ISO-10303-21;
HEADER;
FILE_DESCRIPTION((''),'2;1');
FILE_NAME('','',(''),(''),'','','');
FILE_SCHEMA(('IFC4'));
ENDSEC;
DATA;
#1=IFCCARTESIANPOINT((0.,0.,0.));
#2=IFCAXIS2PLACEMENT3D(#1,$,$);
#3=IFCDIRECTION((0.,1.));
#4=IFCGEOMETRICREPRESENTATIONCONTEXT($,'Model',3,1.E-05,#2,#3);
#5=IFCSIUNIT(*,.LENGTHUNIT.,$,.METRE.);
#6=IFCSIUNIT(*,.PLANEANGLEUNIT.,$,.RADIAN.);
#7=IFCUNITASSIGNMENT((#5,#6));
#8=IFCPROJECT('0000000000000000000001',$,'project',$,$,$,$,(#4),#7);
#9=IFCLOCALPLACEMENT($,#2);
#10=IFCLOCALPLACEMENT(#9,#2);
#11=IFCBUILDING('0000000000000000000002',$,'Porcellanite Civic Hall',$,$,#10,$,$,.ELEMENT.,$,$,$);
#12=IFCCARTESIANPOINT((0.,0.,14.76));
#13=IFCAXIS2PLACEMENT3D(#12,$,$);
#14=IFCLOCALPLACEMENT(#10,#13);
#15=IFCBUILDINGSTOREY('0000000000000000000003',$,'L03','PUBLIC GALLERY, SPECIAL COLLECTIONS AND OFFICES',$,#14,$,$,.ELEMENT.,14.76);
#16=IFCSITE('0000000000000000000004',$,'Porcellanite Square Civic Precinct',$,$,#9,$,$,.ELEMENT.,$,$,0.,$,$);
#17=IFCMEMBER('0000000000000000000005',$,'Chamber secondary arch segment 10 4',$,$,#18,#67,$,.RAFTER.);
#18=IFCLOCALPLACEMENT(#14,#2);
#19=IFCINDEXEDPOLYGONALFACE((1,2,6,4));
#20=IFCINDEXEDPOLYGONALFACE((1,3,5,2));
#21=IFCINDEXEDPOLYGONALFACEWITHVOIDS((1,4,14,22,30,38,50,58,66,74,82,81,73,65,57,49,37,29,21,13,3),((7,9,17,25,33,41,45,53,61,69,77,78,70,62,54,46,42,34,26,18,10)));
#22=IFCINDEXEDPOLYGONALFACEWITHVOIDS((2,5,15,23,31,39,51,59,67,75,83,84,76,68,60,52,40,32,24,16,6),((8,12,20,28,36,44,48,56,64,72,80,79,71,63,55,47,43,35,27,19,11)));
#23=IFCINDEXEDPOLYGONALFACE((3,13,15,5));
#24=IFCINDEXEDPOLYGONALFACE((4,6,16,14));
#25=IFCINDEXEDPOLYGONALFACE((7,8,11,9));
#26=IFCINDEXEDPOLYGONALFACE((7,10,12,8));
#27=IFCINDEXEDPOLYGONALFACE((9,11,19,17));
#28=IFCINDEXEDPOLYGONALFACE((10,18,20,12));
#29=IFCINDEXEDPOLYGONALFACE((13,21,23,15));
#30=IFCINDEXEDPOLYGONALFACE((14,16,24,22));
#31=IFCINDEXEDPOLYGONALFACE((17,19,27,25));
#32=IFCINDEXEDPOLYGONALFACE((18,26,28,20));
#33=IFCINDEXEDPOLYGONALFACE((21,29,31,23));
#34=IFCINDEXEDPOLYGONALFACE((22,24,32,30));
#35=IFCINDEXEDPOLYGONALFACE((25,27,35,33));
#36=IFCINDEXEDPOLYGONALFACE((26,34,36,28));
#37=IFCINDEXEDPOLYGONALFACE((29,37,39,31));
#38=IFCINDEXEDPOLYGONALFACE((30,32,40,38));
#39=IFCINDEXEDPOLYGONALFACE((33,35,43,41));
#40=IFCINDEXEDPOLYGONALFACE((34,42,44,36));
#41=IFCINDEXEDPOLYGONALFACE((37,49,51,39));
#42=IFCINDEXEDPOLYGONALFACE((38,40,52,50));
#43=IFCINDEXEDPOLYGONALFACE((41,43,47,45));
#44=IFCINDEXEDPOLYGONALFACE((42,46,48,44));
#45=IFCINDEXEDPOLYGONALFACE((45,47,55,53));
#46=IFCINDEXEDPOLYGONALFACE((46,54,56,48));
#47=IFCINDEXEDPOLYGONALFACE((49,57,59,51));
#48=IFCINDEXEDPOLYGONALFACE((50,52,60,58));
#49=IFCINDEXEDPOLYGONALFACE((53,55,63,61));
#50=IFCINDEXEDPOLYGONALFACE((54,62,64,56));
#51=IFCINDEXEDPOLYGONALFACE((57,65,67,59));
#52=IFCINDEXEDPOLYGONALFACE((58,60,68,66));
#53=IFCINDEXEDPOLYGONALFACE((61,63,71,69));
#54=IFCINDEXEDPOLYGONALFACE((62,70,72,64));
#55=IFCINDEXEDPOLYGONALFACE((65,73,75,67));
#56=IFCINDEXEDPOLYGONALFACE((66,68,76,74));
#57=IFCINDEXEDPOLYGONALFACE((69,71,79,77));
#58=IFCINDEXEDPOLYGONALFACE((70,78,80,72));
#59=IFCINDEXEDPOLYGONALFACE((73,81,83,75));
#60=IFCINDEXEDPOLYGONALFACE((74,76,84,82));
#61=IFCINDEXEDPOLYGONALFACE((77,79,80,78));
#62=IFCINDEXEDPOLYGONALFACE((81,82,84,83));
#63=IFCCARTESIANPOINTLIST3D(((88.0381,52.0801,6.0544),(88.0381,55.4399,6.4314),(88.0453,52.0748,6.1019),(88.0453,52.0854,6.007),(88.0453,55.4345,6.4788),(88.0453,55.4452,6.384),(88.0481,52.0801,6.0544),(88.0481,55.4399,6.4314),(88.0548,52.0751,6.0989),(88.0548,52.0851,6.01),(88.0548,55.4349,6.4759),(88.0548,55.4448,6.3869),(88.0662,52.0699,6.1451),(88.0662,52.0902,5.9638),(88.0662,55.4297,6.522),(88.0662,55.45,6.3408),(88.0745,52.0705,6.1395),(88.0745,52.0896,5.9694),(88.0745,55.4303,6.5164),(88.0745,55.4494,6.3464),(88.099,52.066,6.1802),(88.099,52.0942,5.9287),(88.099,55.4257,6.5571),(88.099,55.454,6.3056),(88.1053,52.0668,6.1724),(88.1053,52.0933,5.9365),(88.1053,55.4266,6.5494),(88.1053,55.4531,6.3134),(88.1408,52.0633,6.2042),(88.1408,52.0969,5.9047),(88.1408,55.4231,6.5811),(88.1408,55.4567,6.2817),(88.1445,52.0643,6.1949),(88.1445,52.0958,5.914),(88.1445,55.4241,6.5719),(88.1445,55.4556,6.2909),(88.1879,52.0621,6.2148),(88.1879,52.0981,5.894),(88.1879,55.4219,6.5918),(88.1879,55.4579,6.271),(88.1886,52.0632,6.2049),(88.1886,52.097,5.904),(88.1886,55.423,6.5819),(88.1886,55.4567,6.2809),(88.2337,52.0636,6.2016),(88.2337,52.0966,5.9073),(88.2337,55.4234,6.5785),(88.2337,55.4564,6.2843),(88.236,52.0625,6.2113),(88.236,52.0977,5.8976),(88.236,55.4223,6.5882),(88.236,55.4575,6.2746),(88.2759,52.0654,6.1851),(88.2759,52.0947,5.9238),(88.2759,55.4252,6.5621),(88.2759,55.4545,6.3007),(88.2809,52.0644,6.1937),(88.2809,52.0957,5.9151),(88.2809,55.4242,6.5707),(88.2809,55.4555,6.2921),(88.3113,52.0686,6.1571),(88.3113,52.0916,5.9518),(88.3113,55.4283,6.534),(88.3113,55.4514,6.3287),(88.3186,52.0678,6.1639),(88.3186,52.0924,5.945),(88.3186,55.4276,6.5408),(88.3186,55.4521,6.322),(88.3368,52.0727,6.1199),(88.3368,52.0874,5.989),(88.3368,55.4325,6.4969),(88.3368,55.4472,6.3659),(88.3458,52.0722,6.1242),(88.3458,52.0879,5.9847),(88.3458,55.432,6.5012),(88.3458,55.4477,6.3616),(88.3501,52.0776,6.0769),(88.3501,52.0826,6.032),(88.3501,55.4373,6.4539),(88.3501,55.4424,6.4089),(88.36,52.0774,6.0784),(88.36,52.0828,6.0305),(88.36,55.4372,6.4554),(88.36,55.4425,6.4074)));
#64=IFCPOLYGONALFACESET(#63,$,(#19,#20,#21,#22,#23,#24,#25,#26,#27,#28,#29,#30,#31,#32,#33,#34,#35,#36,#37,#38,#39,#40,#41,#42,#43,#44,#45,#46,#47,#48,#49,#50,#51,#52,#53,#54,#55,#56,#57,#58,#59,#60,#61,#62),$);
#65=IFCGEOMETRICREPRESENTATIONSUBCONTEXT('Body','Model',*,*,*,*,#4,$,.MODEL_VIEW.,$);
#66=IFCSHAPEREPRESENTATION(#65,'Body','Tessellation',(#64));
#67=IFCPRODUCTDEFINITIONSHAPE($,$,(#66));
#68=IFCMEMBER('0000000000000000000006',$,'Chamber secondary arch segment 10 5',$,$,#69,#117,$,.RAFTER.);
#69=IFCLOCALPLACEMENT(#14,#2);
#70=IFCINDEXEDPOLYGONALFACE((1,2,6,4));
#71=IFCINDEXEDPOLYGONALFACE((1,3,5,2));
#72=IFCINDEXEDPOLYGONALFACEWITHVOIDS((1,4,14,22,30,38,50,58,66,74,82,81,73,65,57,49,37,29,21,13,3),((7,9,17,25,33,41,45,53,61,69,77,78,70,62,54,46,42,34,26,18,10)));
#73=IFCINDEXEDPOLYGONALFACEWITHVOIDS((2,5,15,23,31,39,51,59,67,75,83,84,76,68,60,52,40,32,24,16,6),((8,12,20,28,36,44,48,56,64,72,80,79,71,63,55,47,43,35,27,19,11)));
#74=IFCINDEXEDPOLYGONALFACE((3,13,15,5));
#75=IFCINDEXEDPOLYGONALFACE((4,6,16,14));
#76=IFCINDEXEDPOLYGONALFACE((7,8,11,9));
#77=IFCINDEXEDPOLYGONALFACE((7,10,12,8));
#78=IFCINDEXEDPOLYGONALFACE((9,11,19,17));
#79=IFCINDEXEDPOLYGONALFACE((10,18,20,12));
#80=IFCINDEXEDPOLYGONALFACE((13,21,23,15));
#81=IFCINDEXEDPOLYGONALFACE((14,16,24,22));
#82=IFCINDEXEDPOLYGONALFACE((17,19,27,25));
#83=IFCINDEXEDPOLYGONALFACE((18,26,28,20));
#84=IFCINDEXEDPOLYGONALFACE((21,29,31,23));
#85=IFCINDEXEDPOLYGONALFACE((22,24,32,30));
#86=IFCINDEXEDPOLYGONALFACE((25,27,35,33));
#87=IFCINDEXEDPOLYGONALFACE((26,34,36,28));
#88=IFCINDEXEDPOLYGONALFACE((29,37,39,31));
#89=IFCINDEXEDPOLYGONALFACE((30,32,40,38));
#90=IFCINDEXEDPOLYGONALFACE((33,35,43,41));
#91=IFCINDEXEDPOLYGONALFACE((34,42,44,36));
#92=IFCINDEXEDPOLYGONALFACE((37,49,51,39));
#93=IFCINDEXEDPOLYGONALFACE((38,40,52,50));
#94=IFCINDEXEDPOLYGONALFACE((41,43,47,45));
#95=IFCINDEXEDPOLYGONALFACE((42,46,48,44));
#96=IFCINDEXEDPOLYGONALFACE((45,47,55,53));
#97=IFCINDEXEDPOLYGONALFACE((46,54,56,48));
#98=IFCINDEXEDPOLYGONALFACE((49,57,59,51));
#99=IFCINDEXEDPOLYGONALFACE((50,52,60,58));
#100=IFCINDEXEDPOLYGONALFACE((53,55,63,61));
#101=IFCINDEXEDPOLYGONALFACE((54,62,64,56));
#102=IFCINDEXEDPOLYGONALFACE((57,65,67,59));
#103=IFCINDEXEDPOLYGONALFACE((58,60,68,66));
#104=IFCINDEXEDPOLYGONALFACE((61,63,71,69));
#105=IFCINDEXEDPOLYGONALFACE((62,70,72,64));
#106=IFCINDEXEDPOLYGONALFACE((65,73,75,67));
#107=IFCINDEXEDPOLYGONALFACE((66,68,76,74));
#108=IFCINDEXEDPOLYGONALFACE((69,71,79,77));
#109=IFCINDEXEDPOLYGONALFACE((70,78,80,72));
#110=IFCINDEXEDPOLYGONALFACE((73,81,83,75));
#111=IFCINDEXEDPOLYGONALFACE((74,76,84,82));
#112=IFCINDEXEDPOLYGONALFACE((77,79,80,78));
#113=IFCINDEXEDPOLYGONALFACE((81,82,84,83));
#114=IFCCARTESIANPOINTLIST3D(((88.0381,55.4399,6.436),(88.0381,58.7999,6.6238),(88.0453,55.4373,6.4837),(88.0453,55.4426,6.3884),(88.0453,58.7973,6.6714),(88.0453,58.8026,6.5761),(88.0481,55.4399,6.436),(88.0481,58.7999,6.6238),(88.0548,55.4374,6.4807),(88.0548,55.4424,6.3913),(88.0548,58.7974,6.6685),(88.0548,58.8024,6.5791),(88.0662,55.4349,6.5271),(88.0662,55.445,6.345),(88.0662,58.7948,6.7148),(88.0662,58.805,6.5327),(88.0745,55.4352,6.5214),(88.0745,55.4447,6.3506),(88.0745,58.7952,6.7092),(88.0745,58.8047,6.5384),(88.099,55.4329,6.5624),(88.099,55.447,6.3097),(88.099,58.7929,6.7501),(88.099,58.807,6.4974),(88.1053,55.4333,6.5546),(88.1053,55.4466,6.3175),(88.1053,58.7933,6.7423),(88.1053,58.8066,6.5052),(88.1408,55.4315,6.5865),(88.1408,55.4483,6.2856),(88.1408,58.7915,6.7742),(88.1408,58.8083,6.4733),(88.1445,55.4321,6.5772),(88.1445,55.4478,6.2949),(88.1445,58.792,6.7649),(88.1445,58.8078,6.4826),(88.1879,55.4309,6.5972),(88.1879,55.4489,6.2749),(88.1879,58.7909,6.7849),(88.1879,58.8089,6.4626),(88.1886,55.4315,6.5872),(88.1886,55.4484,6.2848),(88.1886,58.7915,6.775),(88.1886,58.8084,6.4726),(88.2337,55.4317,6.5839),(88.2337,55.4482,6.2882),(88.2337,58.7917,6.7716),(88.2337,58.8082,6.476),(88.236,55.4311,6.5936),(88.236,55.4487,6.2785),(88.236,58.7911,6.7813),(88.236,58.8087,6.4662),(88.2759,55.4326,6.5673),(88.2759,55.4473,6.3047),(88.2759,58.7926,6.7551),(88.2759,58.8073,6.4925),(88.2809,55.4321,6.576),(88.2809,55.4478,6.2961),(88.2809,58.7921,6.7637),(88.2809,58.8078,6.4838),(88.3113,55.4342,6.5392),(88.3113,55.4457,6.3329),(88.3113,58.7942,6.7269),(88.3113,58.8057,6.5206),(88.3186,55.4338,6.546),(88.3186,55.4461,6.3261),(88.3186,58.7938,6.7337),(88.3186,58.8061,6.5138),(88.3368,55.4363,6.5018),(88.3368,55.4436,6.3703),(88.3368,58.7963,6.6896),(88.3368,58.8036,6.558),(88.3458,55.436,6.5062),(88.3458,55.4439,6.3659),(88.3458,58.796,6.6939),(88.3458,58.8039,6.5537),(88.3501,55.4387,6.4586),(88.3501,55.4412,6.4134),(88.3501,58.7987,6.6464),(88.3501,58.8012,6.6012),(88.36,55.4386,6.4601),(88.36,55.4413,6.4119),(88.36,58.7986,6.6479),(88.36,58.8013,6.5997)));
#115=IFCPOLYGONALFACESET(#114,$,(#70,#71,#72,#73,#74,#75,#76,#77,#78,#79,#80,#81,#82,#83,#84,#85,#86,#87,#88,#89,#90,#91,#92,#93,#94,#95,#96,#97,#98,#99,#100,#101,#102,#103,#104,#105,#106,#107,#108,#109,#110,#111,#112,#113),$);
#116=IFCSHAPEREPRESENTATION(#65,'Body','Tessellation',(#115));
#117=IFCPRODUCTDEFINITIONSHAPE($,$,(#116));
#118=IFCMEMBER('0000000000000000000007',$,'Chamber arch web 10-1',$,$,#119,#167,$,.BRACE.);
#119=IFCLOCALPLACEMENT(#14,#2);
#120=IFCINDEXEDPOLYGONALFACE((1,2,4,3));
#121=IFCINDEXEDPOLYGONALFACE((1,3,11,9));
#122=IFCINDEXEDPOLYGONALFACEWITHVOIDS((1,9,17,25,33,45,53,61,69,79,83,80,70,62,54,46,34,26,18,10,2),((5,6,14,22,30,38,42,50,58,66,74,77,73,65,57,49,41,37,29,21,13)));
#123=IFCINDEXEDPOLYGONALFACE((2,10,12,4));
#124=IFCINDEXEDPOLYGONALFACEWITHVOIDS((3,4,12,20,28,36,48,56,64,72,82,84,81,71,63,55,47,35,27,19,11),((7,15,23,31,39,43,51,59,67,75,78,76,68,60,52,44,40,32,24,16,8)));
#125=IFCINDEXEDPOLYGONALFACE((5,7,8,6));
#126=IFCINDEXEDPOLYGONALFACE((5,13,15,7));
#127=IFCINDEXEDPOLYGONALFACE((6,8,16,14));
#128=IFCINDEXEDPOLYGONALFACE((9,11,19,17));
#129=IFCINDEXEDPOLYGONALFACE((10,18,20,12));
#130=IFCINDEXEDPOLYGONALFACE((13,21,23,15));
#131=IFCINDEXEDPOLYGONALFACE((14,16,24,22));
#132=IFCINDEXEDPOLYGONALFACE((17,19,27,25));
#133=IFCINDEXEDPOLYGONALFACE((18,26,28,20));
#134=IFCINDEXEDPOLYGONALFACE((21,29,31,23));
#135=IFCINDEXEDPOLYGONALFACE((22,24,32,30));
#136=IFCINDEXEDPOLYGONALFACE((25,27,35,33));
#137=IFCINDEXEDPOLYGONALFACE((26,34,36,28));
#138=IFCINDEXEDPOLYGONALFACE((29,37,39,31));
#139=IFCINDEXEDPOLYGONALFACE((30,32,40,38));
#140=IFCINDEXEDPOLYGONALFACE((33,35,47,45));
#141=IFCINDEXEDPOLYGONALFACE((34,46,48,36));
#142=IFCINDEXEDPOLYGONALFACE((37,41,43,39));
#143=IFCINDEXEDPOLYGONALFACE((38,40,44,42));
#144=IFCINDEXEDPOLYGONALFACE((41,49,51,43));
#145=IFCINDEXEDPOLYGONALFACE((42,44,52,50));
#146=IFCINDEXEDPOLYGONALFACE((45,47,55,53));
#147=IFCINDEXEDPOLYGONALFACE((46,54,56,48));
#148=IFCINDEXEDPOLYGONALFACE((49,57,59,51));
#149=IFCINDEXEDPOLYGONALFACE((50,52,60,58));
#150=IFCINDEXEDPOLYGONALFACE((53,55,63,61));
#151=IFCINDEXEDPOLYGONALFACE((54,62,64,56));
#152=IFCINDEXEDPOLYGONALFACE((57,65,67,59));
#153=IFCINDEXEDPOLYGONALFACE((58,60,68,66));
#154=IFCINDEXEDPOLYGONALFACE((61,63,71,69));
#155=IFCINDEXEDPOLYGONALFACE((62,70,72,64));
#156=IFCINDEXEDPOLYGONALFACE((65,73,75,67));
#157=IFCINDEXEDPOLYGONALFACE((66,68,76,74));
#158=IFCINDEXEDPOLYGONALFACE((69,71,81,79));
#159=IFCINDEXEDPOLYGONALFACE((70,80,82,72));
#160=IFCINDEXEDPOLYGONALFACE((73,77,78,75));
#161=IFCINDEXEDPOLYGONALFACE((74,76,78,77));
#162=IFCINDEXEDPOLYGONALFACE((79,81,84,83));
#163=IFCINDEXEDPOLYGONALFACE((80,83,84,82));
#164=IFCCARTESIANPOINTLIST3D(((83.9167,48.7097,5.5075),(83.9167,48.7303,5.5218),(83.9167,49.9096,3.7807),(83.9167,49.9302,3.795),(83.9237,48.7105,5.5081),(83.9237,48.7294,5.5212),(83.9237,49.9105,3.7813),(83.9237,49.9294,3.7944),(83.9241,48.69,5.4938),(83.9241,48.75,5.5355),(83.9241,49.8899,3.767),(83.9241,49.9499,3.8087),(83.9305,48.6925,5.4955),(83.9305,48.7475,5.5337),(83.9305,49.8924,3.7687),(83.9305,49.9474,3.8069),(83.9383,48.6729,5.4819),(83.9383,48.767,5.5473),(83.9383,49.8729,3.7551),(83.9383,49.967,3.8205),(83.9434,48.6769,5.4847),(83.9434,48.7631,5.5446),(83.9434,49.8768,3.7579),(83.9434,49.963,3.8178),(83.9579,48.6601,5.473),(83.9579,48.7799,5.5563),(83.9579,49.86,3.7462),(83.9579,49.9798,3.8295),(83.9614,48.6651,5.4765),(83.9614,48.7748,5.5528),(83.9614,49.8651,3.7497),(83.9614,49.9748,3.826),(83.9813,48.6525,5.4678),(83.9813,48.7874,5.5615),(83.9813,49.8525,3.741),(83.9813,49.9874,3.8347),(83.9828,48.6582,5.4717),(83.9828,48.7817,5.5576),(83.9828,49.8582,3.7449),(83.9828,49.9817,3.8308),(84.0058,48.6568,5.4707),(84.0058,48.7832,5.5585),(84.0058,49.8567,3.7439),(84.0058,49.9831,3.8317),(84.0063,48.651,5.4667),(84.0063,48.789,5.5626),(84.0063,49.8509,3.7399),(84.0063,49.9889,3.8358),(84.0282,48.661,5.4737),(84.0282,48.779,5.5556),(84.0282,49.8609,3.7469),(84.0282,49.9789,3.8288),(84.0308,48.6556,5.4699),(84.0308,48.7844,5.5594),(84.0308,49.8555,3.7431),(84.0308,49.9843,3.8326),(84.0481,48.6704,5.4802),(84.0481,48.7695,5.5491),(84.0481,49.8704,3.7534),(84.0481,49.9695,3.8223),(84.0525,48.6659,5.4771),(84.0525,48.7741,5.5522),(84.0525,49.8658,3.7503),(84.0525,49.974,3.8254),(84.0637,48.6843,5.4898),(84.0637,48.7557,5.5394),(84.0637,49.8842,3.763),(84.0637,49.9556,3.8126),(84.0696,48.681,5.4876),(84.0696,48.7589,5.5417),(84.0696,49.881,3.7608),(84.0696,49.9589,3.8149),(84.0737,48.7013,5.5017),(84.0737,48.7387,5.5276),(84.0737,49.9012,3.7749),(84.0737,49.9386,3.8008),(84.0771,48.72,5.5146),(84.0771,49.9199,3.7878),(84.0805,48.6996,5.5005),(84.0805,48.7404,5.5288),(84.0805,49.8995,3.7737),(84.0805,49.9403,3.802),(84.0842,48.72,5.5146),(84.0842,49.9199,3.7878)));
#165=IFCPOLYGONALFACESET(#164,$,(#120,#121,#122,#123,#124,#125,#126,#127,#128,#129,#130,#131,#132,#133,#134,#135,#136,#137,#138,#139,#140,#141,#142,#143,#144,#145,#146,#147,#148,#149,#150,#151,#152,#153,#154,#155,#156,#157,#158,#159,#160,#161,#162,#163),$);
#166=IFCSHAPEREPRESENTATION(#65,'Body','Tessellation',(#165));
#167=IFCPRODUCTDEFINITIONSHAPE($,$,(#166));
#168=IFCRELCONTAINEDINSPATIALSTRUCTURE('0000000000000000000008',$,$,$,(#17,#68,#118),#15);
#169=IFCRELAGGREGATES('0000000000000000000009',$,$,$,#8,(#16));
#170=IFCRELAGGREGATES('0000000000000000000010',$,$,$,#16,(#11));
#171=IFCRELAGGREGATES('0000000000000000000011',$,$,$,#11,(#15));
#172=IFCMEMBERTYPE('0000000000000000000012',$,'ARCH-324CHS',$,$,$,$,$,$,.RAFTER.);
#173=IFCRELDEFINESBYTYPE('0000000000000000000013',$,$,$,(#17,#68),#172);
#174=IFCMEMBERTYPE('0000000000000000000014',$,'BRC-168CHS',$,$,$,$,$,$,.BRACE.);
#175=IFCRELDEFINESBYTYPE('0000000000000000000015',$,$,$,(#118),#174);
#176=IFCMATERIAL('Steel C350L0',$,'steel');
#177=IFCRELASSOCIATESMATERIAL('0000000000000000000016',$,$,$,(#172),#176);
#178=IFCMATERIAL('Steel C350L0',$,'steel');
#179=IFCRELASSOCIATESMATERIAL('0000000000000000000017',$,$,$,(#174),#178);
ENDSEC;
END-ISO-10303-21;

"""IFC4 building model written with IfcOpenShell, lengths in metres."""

from ifc_helpers import new_model, si_unit, direction, frame, origin, origin_2d, place, context, subcontext, project, spatial, hollow_circle, extrude, material, material_profile, profile_set, type_object, element, save


model = new_model("IFC4")

# Units and contexts
model_context = context("Model", 3, precision=1e-05, world=origin(), true_north=direction((0.0, 1.0)))
body_context = subcontext(model_context, "Body", "Model", "MODEL_VIEW")
ifc_project = project(units=[si_unit("LENGTHUNIT", "METRE"), si_unit("PLANEANGLEUNIT", "RADIAN")], contexts=[model_context])

# Site, building, storey
site_placement = place(None, origin())
site = spatial("IfcSite", under=ifc_project, at=site_placement, Name="Porcellanite Square Civic Precinct", CompositionType="ELEMENT", RefElevation=0.0)
building_placement = place(site_placement, origin())
building = spatial("IfcBuilding", under=site, at=building_placement, Name="Porcellanite Civic Hall", CompositionType="ELEMENT")
storey_placement = place(building_placement, frame((0.0, 0.0, 14.76)))
storey = spatial("IfcBuildingStorey", under=building, at=storey_placement, Name="L03", Description="PUBLIC GALLERY, SPECIAL COLLECTIONS AND OFFICES", CompositionType="ELEMENT", Elevation=14.76)

# Members
ifc_material_1 = material(Name="Steel C350L0", Category="steel")
ifc_material_profile_1 = material_profile(ifc_material_1, hollow_circle(Radius=0.1619, WallThickness=0.01, at=origin_2d()), Name="323.9x10.0CHS")
ifc_profile_set_1 = profile_set([ifc_material_profile_1], Name="Steel C350L0")
member_type_1 = type_object("IfcMemberType", Name="ARCH-324CHS", PredefinedType="RAFTER", material=ifc_profile_set_1)
member_1_placement = place(storey_placement, frame((88.2, 52.0801, 6.0544), z_axis=(0.0, 0.993765, 0.111493), x_axis=(-1.0, 0.0, 0.0)))
element("IfcMember", 1, at=member_1_placement, inside=storey, type_object=member_type_1, Name="Chamber secondary arch segment 10 4", PredefinedType="RAFTER", context=body_context, shape_type="SweptSolid", body=[
    extrude(hollow_circle(Radius=0.1619, WallThickness=0.01, at=origin_2d()), origin(), (0.0, 0.0, 1.0), 3.3809),
])
member_2_placement = place(storey_placement, frame((88.2, 55.4399, 6.436), z_axis=(0.0, 0.998443, 0.055787), x_axis=(-1.0, 0.0, 0.0)))
element("IfcMember", 2, at=member_2_placement, inside=storey, type_object=member_type_1, Name="Chamber secondary arch segment 10 5", PredefinedType="RAFTER", context=body_context, shape_type="SweptSolid", body=[
    extrude(hollow_circle(Radius=0.1619, WallThickness=0.01, at=origin_2d()), origin(), (0.0, 0.0, 1.0), 3.3652),
])
ifc_material_2 = material(Name="Steel C350L0", Category="steel")
ifc_material_profile_2 = material_profile(ifc_material_2, hollow_circle(Radius=0.0842, WallThickness=0.0071, at=origin_2d()), Name="168.3x7.1CHS")
ifc_profile_set_2 = profile_set([ifc_material_profile_2], Name="Steel C350L0")
member_type_2 = type_object("IfcMemberType", Name="BRC-168CHS", PredefinedType="BRACE", material=ifc_profile_set_2)
member_3_placement = place(storey_placement, frame((84.0, 49.9199, 3.7878), z_axis=(0.0, -0.570646, 0.821196), x_axis=(1.0, 0.0, 0.0)))
element("IfcMember", 3, at=member_3_placement, inside=storey, type_object=member_type_2, Name="Chamber arch web 10-1", PredefinedType="BRACE", context=body_context, shape_type="SweptSolid", body=[
    extrude(hollow_circle(Radius=0.0842, WallThickness=0.0071, at=origin_2d()), origin(), (0.0, 0.0, 1.0), 2.1028),
])

save(model, "model.ifc")
